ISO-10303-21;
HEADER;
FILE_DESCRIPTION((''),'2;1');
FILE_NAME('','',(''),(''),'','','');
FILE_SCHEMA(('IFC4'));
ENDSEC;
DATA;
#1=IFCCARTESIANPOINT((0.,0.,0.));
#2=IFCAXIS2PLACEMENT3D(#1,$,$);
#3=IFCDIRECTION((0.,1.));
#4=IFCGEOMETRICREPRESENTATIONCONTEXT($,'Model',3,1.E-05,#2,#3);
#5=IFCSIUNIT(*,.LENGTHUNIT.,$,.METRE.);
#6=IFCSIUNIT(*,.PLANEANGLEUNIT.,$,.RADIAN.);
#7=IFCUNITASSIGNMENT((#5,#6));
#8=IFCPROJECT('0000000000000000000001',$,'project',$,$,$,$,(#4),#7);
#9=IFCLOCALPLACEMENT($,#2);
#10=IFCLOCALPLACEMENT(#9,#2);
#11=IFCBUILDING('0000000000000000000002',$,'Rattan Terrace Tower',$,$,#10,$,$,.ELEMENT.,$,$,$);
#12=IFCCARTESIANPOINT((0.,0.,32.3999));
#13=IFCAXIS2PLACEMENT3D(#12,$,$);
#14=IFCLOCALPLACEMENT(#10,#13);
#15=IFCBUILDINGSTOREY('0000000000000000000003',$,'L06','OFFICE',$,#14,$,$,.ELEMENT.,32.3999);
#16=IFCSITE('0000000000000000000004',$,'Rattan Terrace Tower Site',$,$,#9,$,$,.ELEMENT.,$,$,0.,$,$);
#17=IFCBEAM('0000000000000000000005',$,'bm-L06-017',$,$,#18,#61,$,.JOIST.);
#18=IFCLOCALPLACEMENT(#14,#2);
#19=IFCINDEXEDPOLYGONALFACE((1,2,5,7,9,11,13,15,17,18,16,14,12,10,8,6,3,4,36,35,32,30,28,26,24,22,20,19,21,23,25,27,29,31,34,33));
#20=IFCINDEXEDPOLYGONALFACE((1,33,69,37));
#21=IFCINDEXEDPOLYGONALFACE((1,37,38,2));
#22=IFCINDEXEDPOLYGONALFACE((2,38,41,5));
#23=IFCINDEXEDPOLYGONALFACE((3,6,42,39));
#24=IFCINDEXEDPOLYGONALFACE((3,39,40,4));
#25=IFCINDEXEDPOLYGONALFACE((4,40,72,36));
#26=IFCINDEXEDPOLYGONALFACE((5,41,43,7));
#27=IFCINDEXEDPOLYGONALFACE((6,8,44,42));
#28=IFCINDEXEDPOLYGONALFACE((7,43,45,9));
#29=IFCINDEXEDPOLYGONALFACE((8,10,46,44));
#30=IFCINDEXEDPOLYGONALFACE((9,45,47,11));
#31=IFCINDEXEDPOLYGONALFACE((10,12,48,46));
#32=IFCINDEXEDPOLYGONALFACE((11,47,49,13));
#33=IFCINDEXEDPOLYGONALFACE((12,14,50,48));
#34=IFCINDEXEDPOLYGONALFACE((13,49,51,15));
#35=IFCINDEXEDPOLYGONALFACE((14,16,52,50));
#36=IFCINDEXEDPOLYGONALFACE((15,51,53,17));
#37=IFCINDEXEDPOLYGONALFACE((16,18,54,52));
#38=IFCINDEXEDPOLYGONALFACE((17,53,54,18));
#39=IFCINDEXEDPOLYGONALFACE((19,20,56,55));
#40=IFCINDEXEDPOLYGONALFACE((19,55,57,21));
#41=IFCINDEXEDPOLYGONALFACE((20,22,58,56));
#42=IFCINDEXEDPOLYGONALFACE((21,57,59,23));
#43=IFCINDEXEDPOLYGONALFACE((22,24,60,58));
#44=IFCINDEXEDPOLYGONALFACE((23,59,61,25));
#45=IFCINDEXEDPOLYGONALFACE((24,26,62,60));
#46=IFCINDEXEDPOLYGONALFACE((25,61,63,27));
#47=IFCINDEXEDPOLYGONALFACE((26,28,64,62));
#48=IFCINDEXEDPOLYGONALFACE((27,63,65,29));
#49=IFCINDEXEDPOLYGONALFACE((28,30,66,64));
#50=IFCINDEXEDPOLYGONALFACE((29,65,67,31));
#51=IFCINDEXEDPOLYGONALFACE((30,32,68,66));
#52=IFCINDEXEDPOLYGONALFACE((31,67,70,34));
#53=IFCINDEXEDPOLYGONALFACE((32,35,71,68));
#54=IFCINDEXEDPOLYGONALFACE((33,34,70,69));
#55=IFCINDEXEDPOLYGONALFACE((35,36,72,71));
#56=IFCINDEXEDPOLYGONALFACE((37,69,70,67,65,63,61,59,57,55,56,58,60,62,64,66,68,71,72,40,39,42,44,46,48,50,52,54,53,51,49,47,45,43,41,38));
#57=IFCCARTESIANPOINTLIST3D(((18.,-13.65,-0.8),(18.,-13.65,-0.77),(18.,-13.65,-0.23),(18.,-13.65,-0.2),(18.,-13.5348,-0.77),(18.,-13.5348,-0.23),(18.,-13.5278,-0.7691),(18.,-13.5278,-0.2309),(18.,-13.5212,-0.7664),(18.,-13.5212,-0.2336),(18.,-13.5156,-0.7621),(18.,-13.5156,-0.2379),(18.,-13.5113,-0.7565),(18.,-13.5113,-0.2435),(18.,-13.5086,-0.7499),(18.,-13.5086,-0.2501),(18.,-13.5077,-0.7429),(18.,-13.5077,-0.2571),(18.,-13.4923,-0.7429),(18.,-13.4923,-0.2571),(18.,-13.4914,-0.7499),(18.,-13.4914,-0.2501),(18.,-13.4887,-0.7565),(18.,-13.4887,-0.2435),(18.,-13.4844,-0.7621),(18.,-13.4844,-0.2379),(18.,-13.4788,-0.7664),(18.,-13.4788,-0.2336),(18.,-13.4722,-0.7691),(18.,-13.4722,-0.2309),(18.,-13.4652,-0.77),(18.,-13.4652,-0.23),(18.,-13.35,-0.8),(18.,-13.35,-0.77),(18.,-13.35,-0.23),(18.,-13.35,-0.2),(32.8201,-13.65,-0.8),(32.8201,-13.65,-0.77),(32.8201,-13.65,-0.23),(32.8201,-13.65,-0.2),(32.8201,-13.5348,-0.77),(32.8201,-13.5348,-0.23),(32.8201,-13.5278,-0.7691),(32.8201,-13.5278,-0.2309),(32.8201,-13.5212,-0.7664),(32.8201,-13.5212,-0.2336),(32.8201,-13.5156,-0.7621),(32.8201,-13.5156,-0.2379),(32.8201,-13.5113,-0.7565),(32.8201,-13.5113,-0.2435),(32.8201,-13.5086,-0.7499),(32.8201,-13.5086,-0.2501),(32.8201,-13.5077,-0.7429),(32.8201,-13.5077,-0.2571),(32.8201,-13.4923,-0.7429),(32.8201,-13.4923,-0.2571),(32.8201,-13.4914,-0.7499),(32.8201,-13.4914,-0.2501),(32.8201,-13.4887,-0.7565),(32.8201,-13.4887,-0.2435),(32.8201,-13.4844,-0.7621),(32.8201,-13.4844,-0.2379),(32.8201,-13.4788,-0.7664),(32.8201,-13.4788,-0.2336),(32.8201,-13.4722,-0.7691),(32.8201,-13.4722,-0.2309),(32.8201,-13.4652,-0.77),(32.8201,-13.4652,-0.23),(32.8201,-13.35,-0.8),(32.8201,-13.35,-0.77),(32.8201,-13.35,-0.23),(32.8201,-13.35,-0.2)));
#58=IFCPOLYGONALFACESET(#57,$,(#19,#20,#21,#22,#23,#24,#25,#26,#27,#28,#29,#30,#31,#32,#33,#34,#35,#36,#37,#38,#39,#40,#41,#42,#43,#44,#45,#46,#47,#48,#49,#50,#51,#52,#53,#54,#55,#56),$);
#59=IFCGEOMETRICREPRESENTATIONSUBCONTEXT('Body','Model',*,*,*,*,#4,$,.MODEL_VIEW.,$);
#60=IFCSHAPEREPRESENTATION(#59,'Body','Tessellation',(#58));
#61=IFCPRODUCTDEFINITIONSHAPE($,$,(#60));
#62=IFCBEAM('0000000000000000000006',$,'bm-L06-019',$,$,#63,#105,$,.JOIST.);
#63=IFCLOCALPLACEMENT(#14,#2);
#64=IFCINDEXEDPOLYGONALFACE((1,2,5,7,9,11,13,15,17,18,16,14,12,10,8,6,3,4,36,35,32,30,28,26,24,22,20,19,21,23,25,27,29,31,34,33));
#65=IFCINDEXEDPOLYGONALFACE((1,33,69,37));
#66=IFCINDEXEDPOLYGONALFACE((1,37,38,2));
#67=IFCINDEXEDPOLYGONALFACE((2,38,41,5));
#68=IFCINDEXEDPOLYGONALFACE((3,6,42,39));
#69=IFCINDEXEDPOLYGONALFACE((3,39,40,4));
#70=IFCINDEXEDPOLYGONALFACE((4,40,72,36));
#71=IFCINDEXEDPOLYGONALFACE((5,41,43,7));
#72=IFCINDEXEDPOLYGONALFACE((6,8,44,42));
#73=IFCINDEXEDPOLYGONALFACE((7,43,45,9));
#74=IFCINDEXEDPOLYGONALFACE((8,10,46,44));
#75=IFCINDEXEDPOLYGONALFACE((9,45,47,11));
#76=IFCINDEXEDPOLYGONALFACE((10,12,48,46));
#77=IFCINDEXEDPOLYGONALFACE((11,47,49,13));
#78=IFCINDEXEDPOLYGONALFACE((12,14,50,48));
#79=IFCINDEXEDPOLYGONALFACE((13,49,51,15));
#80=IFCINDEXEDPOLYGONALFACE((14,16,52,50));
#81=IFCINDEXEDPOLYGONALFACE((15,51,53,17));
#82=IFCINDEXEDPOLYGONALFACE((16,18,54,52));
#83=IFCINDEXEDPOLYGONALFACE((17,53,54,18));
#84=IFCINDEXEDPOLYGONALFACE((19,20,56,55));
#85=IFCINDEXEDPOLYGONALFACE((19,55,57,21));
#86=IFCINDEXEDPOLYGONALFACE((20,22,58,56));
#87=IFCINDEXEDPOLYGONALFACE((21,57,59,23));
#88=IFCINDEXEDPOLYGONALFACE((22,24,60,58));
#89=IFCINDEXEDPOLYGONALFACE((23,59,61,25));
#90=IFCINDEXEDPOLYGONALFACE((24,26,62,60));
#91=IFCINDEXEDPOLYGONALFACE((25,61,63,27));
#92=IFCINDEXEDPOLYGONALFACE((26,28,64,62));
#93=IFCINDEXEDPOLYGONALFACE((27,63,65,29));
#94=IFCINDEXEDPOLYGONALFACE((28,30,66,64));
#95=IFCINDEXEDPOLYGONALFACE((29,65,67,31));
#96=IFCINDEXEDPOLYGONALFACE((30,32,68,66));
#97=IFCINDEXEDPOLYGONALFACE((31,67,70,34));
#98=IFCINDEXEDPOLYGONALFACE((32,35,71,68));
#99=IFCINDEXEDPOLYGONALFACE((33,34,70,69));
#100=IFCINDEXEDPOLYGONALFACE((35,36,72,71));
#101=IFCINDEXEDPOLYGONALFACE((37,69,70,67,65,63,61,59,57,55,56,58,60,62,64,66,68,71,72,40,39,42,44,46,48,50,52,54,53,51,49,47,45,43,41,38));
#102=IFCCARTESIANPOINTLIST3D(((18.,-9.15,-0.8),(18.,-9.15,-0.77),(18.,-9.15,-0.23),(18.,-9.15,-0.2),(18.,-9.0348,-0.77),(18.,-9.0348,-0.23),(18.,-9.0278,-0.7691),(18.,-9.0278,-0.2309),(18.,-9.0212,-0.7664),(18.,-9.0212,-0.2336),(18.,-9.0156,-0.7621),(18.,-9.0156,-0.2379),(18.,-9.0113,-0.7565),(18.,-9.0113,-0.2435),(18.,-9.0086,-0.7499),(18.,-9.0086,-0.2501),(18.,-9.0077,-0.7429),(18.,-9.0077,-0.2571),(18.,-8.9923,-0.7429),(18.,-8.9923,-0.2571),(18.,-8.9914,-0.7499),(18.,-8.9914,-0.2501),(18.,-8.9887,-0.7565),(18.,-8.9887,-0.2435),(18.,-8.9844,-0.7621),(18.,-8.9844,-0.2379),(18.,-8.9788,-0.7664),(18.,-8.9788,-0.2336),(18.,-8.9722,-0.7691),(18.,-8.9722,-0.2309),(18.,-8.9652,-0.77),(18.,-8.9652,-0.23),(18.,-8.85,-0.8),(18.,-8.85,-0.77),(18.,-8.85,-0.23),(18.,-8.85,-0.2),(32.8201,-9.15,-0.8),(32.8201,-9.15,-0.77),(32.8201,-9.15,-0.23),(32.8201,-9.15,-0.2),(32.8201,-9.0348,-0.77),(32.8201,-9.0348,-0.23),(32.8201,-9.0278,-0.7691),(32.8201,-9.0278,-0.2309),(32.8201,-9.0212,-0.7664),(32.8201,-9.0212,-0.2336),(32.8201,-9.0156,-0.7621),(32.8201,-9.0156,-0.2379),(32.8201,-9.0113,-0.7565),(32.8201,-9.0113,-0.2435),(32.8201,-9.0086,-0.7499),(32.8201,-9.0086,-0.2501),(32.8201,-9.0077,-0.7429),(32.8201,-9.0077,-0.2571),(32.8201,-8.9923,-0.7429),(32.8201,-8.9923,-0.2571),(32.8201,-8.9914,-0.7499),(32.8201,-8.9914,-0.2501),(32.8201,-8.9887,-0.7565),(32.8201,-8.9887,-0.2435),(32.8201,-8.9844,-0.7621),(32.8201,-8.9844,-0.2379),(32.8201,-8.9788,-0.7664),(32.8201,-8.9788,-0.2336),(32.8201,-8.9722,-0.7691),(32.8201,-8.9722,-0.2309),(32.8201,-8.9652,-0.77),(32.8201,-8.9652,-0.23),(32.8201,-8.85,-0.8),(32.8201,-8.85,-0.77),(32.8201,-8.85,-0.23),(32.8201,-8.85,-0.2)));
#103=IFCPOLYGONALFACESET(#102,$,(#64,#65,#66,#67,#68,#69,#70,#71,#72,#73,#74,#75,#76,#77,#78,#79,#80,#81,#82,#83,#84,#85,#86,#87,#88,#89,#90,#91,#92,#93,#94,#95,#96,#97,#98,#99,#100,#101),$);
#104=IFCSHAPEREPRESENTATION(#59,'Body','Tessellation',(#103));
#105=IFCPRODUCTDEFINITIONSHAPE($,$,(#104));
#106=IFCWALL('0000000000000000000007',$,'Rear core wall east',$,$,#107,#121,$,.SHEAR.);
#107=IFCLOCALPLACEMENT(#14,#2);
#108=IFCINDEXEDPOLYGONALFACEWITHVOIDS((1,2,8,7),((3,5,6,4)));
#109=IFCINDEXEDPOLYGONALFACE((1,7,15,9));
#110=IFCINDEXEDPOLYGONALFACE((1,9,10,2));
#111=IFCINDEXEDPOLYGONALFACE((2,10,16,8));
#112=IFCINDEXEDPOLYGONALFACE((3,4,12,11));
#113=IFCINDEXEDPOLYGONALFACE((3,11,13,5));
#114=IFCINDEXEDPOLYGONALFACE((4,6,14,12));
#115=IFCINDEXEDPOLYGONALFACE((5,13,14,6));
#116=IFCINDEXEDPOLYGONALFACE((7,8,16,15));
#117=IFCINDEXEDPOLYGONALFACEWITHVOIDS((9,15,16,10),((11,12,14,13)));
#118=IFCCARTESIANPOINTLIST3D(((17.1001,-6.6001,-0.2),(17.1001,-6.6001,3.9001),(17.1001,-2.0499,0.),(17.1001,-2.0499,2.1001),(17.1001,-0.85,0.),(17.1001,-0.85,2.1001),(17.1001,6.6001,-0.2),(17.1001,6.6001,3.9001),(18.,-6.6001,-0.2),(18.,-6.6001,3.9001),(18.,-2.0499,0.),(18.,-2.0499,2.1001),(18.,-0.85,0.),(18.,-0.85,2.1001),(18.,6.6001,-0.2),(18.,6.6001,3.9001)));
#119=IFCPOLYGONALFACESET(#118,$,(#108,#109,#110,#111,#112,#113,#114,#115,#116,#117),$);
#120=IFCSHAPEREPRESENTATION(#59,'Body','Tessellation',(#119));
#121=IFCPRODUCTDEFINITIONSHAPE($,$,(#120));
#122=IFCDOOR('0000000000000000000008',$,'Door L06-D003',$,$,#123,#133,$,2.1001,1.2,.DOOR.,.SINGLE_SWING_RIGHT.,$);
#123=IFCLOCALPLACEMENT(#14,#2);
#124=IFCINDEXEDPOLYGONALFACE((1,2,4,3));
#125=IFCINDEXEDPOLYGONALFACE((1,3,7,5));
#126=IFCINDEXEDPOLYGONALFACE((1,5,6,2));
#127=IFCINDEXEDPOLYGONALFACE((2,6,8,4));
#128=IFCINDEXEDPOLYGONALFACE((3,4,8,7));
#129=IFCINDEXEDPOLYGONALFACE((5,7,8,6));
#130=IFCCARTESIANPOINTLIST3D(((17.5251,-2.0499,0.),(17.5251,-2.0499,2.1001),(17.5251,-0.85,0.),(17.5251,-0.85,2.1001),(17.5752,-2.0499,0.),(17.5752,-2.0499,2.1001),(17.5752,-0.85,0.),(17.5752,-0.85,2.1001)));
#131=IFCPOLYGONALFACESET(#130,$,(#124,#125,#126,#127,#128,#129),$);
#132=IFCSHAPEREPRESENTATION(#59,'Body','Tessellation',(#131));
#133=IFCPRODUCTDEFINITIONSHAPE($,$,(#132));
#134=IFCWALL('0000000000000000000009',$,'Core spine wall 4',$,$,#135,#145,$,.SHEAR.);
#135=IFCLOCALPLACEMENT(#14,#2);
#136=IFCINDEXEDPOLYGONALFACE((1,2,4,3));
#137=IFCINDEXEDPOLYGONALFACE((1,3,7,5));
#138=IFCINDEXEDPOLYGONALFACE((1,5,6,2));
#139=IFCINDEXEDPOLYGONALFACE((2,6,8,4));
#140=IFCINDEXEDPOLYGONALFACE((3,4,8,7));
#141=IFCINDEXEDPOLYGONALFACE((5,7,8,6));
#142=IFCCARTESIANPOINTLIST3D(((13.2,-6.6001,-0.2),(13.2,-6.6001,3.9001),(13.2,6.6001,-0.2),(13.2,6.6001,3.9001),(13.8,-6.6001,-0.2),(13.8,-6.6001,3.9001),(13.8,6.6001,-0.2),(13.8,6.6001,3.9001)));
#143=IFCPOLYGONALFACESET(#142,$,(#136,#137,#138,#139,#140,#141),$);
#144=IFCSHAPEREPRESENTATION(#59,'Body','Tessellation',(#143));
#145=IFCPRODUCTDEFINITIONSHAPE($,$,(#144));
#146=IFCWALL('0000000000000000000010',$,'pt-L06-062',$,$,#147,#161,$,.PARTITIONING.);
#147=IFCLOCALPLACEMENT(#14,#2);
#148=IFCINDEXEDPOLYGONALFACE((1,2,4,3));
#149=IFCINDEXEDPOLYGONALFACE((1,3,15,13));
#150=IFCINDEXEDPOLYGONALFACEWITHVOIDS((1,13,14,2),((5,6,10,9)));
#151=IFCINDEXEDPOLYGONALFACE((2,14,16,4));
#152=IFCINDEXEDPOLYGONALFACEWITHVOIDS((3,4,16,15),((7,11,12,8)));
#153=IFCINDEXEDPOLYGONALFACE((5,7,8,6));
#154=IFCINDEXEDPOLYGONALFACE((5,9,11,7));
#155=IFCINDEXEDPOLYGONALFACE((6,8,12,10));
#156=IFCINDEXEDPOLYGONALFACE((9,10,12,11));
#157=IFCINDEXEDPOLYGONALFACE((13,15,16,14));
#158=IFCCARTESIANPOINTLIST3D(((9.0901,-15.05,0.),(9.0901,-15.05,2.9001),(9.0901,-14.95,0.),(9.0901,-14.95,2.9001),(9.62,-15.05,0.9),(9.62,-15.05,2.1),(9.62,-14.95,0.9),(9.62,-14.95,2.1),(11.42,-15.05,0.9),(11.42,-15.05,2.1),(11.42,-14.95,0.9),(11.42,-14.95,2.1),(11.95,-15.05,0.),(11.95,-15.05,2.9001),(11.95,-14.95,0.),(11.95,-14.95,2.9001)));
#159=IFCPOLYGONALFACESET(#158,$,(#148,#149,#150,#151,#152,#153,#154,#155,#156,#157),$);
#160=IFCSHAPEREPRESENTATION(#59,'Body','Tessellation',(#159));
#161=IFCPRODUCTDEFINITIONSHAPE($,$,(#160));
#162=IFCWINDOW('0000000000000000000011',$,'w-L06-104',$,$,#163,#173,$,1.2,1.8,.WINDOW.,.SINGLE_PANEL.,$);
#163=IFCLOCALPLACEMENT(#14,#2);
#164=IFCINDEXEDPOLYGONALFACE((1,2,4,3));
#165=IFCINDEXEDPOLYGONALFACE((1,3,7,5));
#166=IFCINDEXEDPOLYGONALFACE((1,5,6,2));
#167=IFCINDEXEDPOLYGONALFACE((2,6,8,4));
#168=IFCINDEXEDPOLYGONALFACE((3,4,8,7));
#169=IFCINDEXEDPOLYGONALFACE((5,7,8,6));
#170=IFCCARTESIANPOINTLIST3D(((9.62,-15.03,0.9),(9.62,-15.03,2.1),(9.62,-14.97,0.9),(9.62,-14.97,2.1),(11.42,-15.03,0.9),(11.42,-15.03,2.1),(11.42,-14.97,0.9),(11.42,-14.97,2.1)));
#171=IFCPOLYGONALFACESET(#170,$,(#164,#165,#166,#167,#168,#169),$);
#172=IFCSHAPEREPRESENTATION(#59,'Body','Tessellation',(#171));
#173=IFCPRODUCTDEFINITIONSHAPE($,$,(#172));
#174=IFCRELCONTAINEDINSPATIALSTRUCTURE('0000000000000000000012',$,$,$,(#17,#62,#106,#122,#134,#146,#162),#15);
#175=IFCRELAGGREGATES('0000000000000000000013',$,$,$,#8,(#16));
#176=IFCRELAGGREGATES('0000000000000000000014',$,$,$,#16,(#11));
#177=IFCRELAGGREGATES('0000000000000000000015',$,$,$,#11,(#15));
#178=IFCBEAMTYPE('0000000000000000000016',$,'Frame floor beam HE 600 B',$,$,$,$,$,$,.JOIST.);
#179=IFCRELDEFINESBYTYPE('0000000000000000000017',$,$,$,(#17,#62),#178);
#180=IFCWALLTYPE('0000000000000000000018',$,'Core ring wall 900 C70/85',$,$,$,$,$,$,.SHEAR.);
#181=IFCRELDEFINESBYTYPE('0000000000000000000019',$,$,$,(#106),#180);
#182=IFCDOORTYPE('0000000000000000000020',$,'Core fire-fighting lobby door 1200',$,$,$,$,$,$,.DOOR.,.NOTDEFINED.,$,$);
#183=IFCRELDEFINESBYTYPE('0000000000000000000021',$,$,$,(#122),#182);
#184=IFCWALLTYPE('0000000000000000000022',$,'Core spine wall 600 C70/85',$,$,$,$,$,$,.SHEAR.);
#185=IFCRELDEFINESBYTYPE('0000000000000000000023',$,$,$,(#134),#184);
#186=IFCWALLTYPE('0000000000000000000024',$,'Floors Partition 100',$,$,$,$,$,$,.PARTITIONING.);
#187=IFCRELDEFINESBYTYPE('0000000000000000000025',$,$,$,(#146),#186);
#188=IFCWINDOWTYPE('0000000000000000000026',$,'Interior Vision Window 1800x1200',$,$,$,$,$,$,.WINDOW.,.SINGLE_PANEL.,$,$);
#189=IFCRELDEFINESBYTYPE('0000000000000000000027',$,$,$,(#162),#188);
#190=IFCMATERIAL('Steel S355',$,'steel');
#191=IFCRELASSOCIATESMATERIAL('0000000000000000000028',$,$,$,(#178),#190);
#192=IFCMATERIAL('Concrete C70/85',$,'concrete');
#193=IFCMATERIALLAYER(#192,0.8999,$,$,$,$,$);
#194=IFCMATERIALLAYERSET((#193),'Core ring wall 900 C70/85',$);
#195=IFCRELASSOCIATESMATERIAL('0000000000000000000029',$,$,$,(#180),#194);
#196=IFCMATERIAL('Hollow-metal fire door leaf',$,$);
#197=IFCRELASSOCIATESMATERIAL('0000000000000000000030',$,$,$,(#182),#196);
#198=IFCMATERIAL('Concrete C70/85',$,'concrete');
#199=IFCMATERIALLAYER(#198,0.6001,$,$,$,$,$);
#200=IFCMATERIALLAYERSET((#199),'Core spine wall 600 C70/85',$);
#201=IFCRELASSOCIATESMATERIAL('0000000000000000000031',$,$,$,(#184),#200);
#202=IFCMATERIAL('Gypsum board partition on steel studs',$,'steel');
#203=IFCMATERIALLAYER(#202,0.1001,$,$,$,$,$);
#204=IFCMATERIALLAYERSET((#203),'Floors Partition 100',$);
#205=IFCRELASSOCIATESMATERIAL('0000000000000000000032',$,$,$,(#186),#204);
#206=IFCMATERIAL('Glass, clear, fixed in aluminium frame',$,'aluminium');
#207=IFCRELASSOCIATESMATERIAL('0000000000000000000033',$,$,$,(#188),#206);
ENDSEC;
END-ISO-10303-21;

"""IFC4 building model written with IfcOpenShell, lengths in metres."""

from ifc_helpers import new_model, si_unit, direction, frame, frame_2d, origin, origin_2d, place, context, subcontext, project, spatial, rectangle, i_section, extrude, material, layer, layer_set, material_profile, profile_set, type_object, element, fill, save


model = new_model("IFC4")

# Units and contexts
model_context = context("Model", 3, precision=1e-05, world=origin(), true_north=direction((0.0, 1.0)))
body_context = subcontext(model_context, "Body", "Model", "MODEL_VIEW")
ifc_project = project(units=[si_unit("LENGTHUNIT", "METRE"), si_unit("PLANEANGLEUNIT", "RADIAN")], contexts=[model_context])

# Site, building, storey
site_placement = place(None, origin())
site = spatial("IfcSite", under=ifc_project, at=site_placement, Name="Rattan Terrace Tower Site", CompositionType="ELEMENT", RefElevation=0.0)
building_placement = place(site_placement, origin())
building = spatial("IfcBuilding", under=site, at=building_placement, Name="Rattan Terrace Tower", CompositionType="ELEMENT")
storey_placement = place(building_placement, frame((0.0, 0.0, 32.3999)))
storey = spatial("IfcBuildingStorey", under=building, at=storey_placement, Name="L06", Description="OFFICE", CompositionType="ELEMENT", Elevation=32.3999)

# Beams
ifc_material_1 = material(Name="Steel S355", Category="steel")
ifc_material_profile = material_profile(ifc_material_1, i_section(OverallWidth=0.3, OverallDepth=0.6001, WebThickness=0.0154, FlangeThickness=0.03, FilletRadius=0.0271, at=origin_2d()), Name="HE 600 B")
ifc_profile_set = profile_set([ifc_material_profile], Name="Steel S355")
beam_type = type_object("IfcBeamType", Name="Frame floor beam HE 600 B", PredefinedType="JOIST", material=ifc_profile_set)
for number, where, z_axis, x_axis, name in (
    (1, (18.0, -13.5, -0.5), (1.0, 0.0, 0.0), (0.0, 1.0, 0.0), "bm-L06-017"),
    (2, (18.0, -9.0, -0.5), (1.0, 0.0, 0.0), (0.0, 1.0, 0.0), "bm-L06-019"),
):
    element("IfcBeam", number, at=place(storey_placement, frame(where, z_axis=z_axis, x_axis=x_axis)), inside=storey, type_object=beam_type, Name=name, PredefinedType="JOIST", context=body_context, shape_type="SweptSolid", body=[
        extrude(i_section(OverallWidth=0.3, OverallDepth=0.6001, WebThickness=0.0154, FlangeThickness=0.03, FilletRadius=0.0271, at=origin_2d()), origin(), (0.0, 0.0, 1.0), 14.8201),
    ])

# Wall, opening, door
ifc_material_2 = material(Name="Concrete C70/85", Category="concrete")
ifc_layer_1 = layer(ifc_material_2, 0.8999)
ifc_layer_set_1 = layer_set([ifc_layer_1], Name="Core ring wall 900 C70/85")
wall_type_1 = type_object("IfcWallType", Name="Core ring wall 900 C70/85", PredefinedType="SHEAR", material=ifc_layer_set_1)
wall_1_placement = place(storey_placement, frame((17.55, -6.6001, -0.2), z_axis=(0.0, 0.0, 1.0), x_axis=(0.0, 1.0, 0.0)))
wall_1 = element("IfcWall", 3, at=wall_1_placement, inside=storey, type_object=wall_type_1, Name="Rear core wall east", PredefinedType="SHEAR", context=body_context, shape_type="SweptSolid", body=[
    extrude(rectangle(XDim=13.2002, YDim=0.8999, at=frame_2d((6.6001, 0.0))), origin(), (0.0, 0.0, 1.0), 4.1001),
])
opening_1_placement = place(wall_1_placement, frame((4.55, 0.0, 0.2)))
opening_1 = element("IfcOpeningElement", 4, at=opening_1_placement, cuts=wall_1, PredefinedType="OPENING", context=body_context, shape_type="SweptSolid", body=[
    extrude(rectangle(XDim=1.2, YDim=2.1001, at=frame_2d((0.6001, 1.05))), frame((0.0, 0.4604, 0.0), z_axis=(0.0, -1.0, 0.0), x_axis=(1.0, 0.0, 0.0)), (0.0, 0.0, 1.0), 0.9209),
])
ifc_material_3 = material(Name="Hollow-metal fire door leaf")
door_type_1 = type_object("IfcDoorType", Name="Core fire-fighting lobby door 1200", OperationType="NOTDEFINED", PredefinedType="DOOR", material=ifc_material_3)
door_1_placement = place(opening_1_placement, origin())
door_1 = element("IfcDoor", 5, at=door_1_placement, inside=storey, type_object=door_type_1, Name="Door L06-D003", OperationType="SINGLE_SWING_RIGHT", OverallHeight=2.1001, OverallWidth=1.2, PredefinedType="DOOR", context=body_context, shape_type="SweptSolid", body=[
    extrude(rectangle(XDim=1.2, YDim=2.1001, at=frame_2d((0.6001, 1.05))), frame((0.0, 0.0249, 0.0), z_axis=(0.0, -1.0, 0.0), x_axis=(1.0, 0.0, 0.0)), (0.0, 0.0, 1.0), 0.05),
])
fill(opening_1, door_1)

# Wall
ifc_material_4 = material(Name="Concrete C70/85", Category="concrete")
ifc_layer_2 = layer(ifc_material_4, 0.6001)
ifc_layer_set_2 = layer_set([ifc_layer_2], Name="Core spine wall 600 C70/85")
wall_type_2 = type_object("IfcWallType", Name="Core spine wall 600 C70/85", PredefinedType="SHEAR", material=ifc_layer_set_2)
wall_2_placement = place(storey_placement, frame((13.5, -6.6001, -0.2), z_axis=(0.0, 0.0, 1.0), x_axis=(0.0, 1.0, 0.0)))
element("IfcWall", 6, at=wall_2_placement, inside=storey, type_object=wall_type_2, Name="Core spine wall 4", PredefinedType="SHEAR", context=body_context, shape_type="SweptSolid", body=[
    extrude(rectangle(XDim=13.2002, YDim=0.6001, at=frame_2d((6.6001, 0.0))), origin(), (0.0, 0.0, 1.0), 4.1001),
])

# Wall, opening, window
ifc_material_5 = material(Name="Gypsum board partition on steel studs", Category="steel")
ifc_layer_3 = layer(ifc_material_5, 0.1001)
ifc_layer_set_3 = layer_set([ifc_layer_3], Name="Floors Partition 100")
wall_type_3 = type_object("IfcWallType", Name="Floors Partition 100", PredefinedType="PARTITIONING", material=ifc_layer_set_3)
wall_3_placement = place(storey_placement, frame((9.0901, -15.0, 0.0), z_axis=(0.0, 0.0, 1.0), x_axis=(1.0, 0.0, 0.0)))
wall_3 = element("IfcWall", 7, at=wall_3_placement, inside=storey, type_object=wall_type_3, Name="pt-L06-062", PredefinedType="PARTITIONING", context=body_context, shape_type="SweptSolid", body=[
    extrude(rectangle(XDim=2.8599, YDim=0.1001, at=frame_2d((1.4299, 0.0))), origin(), (0.0, 0.0, 1.0), 2.9001),
])
opening_2_placement = place(wall_3_placement, frame((0.53, 0.0, 0.8999)))
opening_2 = element("IfcOpeningElement", 8, at=opening_2_placement, cuts=wall_3, PredefinedType="OPENING", context=body_context, shape_type="SweptSolid", body=[
    extrude(rectangle(XDim=1.8, YDim=1.2, at=frame_2d((0.8999, 0.6001))), frame((0.0, 0.0605, 0.0), z_axis=(0.0, -1.0, 0.0), x_axis=(1.0, 0.0, 0.0)), (0.0, 0.0, 1.0), 0.1211),
])
ifc_material_6 = material(Name="Glass, clear, fixed in aluminium frame", Category="aluminium")
window_type_1 = type_object("IfcWindowType", Name="Interior Vision Window 1800x1200", PartitioningType="SINGLE_PANEL", PredefinedType="WINDOW", material=ifc_material_6)
window_1_placement = place(opening_2_placement, origin())
window_1 = element("IfcWindow", 9, at=window_1_placement, inside=storey, type_object=window_type_1, Name="w-L06-104", OverallHeight=1.2, OverallWidth=1.8, PartitioningType="SINGLE_PANEL", PredefinedType="WINDOW", context=body_context, shape_type="SweptSolid", body=[
    extrude(rectangle(XDim=1.8, YDim=1.2, at=frame_2d((0.8999, 0.6001))), frame((0.0, 0.03, 0.0), z_axis=(0.0, -1.0, 0.0), x_axis=(1.0, 0.0, 0.0)), (0.0, 0.0, 1.0), 0.0601),
])
fill(opening_2, window_1)

save(model, "model.ifc")
